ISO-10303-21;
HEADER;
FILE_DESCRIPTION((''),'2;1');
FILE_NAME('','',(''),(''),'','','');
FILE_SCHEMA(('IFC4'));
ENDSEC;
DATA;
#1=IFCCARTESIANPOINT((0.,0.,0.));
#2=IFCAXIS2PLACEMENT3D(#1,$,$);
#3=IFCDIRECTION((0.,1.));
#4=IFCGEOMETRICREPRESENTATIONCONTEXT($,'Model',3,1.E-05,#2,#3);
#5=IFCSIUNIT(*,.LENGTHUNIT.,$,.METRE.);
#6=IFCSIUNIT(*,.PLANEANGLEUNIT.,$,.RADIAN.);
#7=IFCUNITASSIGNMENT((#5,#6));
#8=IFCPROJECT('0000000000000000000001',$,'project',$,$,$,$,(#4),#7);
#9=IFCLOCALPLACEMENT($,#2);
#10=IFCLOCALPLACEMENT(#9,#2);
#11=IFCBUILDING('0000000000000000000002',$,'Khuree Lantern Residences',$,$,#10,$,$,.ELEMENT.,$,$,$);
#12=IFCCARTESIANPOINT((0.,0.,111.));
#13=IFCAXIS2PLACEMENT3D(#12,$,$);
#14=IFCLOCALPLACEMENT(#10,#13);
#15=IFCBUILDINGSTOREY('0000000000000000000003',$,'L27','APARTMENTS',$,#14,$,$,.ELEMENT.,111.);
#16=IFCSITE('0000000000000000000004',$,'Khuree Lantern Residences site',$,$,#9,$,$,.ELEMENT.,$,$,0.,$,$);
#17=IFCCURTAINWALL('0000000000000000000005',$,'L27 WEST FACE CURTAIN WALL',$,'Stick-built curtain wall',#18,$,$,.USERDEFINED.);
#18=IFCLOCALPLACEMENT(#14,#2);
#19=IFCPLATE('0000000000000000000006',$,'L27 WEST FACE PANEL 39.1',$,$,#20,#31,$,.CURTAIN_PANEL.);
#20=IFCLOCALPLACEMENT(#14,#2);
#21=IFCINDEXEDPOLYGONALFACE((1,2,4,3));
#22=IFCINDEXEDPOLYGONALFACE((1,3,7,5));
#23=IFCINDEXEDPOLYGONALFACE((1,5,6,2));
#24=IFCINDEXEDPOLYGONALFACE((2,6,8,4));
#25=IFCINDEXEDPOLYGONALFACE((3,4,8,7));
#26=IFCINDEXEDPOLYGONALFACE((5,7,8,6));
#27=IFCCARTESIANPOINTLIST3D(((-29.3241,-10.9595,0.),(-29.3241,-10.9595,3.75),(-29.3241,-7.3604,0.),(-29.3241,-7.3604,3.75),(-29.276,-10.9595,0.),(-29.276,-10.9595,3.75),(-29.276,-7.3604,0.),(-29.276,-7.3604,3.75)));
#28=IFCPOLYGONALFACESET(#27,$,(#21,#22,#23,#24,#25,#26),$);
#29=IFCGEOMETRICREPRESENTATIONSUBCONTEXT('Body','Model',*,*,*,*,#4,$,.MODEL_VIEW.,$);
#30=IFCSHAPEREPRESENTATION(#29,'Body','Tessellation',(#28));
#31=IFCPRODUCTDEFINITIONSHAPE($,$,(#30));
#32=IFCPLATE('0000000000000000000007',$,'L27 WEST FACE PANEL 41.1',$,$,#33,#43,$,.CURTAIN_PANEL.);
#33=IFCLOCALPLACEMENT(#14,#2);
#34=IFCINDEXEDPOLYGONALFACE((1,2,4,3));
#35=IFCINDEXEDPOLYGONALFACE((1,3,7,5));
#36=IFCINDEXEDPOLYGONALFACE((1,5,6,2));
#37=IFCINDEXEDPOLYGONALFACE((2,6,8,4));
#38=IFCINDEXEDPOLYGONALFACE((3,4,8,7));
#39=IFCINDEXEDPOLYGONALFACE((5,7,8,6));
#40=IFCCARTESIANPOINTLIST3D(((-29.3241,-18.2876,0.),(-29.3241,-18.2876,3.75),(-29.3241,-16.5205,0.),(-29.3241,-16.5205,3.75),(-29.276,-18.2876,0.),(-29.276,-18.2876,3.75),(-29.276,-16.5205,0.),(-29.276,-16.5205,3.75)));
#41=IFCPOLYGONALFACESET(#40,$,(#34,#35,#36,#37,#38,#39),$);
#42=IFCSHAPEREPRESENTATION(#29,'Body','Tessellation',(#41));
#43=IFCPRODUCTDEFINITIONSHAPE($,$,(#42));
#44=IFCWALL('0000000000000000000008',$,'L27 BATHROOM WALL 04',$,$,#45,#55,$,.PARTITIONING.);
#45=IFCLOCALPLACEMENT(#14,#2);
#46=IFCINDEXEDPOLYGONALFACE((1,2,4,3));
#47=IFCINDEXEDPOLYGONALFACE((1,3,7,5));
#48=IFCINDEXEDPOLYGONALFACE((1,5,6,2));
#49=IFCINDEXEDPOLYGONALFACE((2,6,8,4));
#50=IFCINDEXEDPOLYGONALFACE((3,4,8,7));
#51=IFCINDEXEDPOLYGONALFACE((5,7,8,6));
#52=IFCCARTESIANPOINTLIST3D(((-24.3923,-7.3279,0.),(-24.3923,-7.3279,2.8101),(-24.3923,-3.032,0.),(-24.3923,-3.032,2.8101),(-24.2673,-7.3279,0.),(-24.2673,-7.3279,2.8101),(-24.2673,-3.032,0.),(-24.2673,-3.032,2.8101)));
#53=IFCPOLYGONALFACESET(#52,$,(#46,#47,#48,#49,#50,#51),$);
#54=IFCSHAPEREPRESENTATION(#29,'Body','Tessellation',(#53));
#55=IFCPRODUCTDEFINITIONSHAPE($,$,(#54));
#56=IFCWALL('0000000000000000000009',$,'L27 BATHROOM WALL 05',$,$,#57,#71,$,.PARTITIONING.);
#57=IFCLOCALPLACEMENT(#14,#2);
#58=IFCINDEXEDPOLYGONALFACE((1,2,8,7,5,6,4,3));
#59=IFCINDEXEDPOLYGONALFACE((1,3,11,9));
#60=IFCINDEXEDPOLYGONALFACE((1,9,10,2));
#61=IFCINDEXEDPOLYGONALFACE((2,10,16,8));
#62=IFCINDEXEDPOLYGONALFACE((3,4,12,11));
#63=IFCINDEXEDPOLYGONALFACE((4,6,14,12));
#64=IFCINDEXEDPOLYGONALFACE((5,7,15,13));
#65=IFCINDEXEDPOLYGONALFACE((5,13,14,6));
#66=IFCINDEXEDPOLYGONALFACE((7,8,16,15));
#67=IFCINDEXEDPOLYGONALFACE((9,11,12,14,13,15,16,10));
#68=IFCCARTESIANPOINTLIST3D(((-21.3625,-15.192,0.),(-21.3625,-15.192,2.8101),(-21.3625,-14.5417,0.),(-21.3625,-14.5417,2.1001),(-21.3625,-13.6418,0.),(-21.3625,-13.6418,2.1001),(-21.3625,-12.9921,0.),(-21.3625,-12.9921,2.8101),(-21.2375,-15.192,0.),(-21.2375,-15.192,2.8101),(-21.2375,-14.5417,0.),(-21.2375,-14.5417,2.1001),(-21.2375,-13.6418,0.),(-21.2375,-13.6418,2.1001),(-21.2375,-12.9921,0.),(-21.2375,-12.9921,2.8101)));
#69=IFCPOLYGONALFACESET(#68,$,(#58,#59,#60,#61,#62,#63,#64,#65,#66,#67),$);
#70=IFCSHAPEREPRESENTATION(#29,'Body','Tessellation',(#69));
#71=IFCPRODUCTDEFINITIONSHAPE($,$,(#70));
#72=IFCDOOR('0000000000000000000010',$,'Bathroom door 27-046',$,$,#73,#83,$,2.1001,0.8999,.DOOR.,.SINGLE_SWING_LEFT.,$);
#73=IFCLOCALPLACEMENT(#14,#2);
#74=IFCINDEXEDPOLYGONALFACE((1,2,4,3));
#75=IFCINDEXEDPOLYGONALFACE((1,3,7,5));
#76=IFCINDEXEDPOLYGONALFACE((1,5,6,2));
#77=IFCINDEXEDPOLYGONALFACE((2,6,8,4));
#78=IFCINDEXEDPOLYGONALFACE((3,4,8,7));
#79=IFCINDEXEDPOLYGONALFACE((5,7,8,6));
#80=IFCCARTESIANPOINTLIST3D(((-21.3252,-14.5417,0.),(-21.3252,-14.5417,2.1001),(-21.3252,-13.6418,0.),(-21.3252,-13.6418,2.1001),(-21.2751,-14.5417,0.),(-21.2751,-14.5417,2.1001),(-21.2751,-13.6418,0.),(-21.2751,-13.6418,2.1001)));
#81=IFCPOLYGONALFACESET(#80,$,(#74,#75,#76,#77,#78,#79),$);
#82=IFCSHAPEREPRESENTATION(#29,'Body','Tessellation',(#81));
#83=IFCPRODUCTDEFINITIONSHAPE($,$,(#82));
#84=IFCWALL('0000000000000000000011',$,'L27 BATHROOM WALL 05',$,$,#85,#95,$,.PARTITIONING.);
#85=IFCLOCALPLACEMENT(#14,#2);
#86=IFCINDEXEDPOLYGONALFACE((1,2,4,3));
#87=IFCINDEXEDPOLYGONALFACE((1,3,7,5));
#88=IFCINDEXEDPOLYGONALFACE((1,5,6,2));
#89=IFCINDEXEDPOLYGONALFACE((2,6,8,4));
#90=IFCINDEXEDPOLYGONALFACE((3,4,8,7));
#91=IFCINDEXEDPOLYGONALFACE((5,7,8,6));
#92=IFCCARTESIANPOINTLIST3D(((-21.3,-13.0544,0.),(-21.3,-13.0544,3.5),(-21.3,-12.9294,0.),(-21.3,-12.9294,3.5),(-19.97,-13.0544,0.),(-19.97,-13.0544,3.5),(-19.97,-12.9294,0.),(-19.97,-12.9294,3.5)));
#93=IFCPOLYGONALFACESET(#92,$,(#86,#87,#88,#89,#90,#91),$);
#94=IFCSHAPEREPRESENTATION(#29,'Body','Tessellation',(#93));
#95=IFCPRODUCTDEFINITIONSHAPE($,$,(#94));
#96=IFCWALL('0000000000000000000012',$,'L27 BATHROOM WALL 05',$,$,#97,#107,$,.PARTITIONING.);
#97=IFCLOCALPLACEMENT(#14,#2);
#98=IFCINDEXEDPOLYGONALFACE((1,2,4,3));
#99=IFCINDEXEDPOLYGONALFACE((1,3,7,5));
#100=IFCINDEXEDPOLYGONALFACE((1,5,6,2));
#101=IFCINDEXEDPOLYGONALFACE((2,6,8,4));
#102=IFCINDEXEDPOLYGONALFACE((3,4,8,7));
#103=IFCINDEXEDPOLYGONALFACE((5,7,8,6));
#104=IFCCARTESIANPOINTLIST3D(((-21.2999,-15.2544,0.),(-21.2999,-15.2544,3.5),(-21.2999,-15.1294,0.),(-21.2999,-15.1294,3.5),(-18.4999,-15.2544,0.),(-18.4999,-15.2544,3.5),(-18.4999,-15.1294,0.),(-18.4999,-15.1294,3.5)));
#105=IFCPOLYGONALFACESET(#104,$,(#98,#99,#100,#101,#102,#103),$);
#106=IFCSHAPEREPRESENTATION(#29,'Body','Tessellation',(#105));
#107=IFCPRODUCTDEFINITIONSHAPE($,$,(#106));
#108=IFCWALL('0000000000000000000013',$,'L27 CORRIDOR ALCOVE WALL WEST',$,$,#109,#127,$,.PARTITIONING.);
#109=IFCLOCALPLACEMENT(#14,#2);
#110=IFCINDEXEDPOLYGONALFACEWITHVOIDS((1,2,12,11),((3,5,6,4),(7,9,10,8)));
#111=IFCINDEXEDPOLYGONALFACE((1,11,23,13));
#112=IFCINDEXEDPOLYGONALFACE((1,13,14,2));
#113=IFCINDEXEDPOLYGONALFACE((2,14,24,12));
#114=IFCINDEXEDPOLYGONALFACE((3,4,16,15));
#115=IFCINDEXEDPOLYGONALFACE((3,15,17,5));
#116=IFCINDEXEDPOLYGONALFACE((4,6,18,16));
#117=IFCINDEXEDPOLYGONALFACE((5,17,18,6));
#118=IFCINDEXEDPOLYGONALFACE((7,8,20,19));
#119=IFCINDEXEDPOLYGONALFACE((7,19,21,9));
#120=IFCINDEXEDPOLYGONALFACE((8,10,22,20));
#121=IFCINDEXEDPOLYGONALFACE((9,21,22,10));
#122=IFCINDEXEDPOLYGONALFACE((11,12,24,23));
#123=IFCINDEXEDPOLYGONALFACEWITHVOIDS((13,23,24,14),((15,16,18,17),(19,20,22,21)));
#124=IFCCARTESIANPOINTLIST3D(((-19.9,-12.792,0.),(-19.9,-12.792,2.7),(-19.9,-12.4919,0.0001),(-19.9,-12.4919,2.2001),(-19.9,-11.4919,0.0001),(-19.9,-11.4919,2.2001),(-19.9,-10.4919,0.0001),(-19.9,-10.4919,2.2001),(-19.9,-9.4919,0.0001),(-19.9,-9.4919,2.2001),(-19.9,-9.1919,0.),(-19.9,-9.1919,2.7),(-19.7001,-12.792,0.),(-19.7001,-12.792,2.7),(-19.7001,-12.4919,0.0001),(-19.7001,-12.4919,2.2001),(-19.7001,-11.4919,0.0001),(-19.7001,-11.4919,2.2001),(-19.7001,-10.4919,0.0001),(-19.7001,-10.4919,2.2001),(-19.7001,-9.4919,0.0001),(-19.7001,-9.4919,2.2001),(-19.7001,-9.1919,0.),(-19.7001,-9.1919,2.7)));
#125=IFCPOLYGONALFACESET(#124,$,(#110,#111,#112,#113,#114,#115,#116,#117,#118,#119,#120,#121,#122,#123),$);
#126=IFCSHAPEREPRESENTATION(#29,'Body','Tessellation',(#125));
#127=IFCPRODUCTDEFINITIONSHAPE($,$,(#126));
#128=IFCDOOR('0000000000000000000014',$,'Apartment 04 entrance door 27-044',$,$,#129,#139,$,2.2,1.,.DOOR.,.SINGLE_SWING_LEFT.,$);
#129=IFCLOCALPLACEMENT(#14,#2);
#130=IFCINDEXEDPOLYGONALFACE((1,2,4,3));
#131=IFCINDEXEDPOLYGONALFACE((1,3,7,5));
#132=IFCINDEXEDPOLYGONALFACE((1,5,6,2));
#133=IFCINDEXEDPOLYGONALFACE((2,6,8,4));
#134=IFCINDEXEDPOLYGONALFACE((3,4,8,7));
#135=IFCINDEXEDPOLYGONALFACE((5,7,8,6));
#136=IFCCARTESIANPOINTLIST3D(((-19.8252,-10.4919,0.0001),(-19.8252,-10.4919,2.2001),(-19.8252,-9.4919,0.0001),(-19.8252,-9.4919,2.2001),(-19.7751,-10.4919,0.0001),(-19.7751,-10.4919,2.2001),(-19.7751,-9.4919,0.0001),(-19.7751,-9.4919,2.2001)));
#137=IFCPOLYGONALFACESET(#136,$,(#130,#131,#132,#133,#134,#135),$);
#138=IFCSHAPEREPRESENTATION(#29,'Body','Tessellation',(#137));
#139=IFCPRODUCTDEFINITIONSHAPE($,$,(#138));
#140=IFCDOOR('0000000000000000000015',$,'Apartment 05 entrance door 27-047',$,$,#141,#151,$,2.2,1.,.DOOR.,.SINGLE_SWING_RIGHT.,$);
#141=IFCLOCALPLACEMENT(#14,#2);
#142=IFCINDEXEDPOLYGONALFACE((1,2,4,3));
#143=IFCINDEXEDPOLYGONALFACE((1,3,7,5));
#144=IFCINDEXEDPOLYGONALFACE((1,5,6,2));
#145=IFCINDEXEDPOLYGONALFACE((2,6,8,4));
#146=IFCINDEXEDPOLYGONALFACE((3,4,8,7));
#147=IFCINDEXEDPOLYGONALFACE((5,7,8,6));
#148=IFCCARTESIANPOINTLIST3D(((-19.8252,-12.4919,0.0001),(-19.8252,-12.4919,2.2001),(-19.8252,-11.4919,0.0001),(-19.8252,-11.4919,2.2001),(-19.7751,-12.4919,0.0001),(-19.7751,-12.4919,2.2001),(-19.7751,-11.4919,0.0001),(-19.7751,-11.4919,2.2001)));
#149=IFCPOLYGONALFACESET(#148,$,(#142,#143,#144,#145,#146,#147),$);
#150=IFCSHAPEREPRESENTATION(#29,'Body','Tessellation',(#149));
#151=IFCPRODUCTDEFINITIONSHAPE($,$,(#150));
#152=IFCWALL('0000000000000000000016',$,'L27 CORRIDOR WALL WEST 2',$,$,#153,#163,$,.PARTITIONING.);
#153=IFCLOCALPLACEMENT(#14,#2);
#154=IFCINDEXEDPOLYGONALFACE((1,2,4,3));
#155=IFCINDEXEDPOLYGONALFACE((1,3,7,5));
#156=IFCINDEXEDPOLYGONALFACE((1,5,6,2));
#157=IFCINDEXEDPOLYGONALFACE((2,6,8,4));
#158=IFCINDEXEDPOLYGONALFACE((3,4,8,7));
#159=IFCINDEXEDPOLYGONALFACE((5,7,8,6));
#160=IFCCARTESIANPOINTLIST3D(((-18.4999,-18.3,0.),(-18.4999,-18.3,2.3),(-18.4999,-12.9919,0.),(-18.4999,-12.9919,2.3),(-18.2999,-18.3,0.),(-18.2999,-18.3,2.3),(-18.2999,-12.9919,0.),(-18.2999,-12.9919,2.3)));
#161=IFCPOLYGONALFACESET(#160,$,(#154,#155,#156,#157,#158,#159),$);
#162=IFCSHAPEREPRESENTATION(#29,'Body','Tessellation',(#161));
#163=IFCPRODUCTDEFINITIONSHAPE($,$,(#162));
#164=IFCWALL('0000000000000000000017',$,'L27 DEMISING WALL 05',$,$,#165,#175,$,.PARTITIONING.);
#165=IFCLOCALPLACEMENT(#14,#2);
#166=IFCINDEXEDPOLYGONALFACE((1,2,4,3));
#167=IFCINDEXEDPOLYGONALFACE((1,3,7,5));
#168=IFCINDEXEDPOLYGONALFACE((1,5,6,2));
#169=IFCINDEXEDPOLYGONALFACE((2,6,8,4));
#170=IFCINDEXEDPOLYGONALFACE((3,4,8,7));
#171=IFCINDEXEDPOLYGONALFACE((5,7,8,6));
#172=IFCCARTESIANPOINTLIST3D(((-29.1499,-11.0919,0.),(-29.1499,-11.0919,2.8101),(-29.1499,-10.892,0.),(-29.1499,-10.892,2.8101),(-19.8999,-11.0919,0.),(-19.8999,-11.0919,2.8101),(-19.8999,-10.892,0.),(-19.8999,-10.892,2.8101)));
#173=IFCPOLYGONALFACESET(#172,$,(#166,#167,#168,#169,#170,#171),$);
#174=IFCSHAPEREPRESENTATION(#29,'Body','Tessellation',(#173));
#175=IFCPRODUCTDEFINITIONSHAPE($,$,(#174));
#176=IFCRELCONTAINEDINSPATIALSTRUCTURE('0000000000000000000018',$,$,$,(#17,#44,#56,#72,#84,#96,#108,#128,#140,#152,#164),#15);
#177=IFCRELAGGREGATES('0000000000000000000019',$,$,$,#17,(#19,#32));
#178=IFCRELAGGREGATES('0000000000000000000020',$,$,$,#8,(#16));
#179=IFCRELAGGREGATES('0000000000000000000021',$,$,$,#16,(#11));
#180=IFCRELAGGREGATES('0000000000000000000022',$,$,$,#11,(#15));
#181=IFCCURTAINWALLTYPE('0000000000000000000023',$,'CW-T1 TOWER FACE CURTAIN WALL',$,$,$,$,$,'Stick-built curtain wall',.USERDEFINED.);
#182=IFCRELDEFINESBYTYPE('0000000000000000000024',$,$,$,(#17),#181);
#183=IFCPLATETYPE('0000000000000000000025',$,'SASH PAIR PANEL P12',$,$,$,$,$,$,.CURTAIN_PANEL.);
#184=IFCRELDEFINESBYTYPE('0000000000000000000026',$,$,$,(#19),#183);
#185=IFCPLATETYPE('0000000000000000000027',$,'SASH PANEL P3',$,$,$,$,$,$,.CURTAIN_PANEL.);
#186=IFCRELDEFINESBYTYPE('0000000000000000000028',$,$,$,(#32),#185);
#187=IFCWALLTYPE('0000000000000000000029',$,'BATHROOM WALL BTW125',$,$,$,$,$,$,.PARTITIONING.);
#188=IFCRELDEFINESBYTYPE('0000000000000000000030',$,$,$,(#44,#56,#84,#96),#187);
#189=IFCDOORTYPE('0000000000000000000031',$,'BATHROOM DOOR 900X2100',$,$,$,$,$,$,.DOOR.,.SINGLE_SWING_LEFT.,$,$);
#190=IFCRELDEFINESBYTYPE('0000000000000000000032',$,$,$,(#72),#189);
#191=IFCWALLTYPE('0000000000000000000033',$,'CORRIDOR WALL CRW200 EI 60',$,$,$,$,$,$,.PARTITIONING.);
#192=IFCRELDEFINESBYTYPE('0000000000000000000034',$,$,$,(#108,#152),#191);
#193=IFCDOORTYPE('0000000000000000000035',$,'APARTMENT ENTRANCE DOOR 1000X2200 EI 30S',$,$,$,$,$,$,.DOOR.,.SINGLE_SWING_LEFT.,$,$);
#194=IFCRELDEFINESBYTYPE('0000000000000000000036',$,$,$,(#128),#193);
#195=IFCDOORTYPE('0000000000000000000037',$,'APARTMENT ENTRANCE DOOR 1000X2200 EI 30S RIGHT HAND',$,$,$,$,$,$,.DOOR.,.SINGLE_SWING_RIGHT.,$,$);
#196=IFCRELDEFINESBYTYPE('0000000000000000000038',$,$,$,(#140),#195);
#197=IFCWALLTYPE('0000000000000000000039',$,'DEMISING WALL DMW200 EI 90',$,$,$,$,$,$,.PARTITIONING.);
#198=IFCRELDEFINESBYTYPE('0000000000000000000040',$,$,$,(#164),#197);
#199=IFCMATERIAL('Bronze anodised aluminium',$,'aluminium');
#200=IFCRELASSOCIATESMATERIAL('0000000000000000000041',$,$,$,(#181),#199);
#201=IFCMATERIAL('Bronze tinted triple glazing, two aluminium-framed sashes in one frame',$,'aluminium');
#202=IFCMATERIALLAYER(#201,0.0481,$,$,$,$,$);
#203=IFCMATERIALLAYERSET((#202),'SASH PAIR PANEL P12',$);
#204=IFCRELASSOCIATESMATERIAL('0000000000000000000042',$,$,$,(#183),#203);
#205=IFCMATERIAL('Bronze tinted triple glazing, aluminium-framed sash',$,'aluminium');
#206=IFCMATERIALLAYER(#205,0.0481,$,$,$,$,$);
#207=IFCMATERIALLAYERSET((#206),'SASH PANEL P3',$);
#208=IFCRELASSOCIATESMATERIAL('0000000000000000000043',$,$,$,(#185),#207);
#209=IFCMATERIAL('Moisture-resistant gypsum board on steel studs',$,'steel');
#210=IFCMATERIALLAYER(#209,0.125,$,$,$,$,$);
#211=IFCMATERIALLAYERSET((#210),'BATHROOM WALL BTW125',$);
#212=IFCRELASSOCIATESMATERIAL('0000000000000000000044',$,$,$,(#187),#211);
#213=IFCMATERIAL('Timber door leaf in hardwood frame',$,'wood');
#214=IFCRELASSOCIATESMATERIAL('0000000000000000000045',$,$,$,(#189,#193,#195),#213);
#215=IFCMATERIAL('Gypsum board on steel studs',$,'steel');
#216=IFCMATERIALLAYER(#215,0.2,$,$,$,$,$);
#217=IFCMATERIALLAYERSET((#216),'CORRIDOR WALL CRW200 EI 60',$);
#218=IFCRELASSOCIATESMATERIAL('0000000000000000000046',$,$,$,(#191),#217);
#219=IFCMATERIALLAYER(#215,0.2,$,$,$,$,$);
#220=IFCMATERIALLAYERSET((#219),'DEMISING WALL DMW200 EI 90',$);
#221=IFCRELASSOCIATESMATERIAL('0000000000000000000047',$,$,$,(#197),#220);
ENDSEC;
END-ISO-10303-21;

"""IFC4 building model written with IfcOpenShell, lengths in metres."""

from ifc_helpers import new_model, si_unit, direction, frame, frame_2d, origin, origin_2d, place, context, subcontext, project, spatial, rectangle, extrude, material, layer, layer_set, type_object, element, fill, aggregate, save


model = new_model("IFC4")

# Units and contexts
model_context = context("Model", 3, precision=1e-05, world=origin(), true_north=direction((0.0, 1.0)))
body_context = subcontext(model_context, "Body", "Model", "MODEL_VIEW")
ifc_project = project(units=[si_unit("LENGTHUNIT", "METRE"), si_unit("PLANEANGLEUNIT", "RADIAN")], contexts=[model_context])

# Site, building, storey
site_placement = place(None, origin())
site = spatial("IfcSite", under=ifc_project, at=site_placement, Name="Khuree Lantern Residences site", CompositionType="ELEMENT", RefElevation=0.0)
building_placement = place(site_placement, origin())
building = spatial("IfcBuilding", under=site, at=building_placement, Name="Khuree Lantern Residences", CompositionType="ELEMENT")
storey_placement = place(building_placement, frame((0.0, 0.0, 111.0)))
storey = spatial("IfcBuildingStorey", under=building, at=storey_placement, Name="L27", Description="APARTMENTS", CompositionType="ELEMENT", Elevation=111.0)

# Curtain wall
ifc_material_1 = material(Name="Bronze anodised aluminium", Category="aluminium")
curtain_wall_type = type_object("IfcCurtainWallType", Name="CW-T1 TOWER FACE CURTAIN WALL", ElementType="Stick-built curtain wall", PredefinedType="USERDEFINED", material=ifc_material_1)
curtain_wall_placement = place(storey_placement, origin())
curtain_wall = element("IfcCurtainWall", 1, at=curtain_wall_placement, inside=storey, type_object=curtain_wall_type, Name="L27 WEST FACE CURTAIN WALL", ObjectType="Stick-built curtain wall", PredefinedType="USERDEFINED")

# Plates
ifc_material_2 = material(Name="Bronze tinted triple glazing, two aluminium-framed sashes in one frame", Category="aluminium")
ifc_layer_1 = layer(ifc_material_2, 0.0481)
ifc_layer_set_1 = layer_set([ifc_layer_1], Name="SASH PAIR PANEL P12")
plate_type_1 = type_object("IfcPlateType", Name="SASH PAIR PANEL P12", PredefinedType="CURTAIN_PANEL", material=ifc_layer_set_1)
plate_1_placement = place(storey_placement, frame((-29.3, -9.1599, 0.0), z_axis=(0.0, 0.0, 1.0), x_axis=(0.0, -1.0, 0.0)))
plate_1 = element("IfcPlate", 2, at=plate_1_placement, type_object=plate_type_1, Name="L27 WEST FACE PANEL 39.1", PredefinedType="CURTAIN_PANEL", context=body_context, shape_type="SweptSolid", body=[
    extrude(rectangle(XDim=3.5991, YDim=0.0481, at=origin_2d()), origin(), (0.0, 0.0, 1.0), 3.75),
])
ifc_material_3 = material(Name="Bronze tinted triple glazing, aluminium-framed sash", Category="aluminium")
ifc_layer_2 = layer(ifc_material_3, 0.0481)
ifc_layer_set_2 = layer_set([ifc_layer_2], Name="SASH PANEL P3")
plate_type_2 = type_object("IfcPlateType", Name="SASH PANEL P3", PredefinedType="CURTAIN_PANEL", material=ifc_layer_set_2)
plate_2_placement = place(storey_placement, frame((-29.3, -17.4041, 0.0), z_axis=(0.0, 0.0, 1.0), x_axis=(0.0, -1.0, 0.0)))
plate_2 = element("IfcPlate", 3, at=plate_2_placement, type_object=plate_type_2, Name="L27 WEST FACE PANEL 41.1", PredefinedType="CURTAIN_PANEL", context=body_context, shape_type="SweptSolid", body=[
    extrude(rectangle(XDim=1.7671, YDim=0.0481, at=origin_2d()), origin(), (0.0, 0.0, 1.0), 3.75),
])
aggregate(curtain_wall, [plate_1, plate_2])

# Wall
ifc_material_4 = material(Name="Moisture-resistant gypsum board on steel studs", Category="steel")
ifc_layer_3 = layer(ifc_material_4, 0.125)
ifc_layer_set_3 = layer_set([ifc_layer_3], Name="BATHROOM WALL BTW125")
wall_type_1 = type_object("IfcWallType", Name="BATHROOM WALL BTW125", PredefinedType="PARTITIONING", material=ifc_layer_set_3)
wall_1_placement = place(storey_placement, frame((-24.3298, -3.032, 0.0), z_axis=(0.0, 0.0, 1.0), x_axis=(0.0, -1.0, 0.0)))
element("IfcWall", 4, at=wall_1_placement, inside=storey, type_object=wall_type_1, Name="L27 BATHROOM WALL 04", PredefinedType="PARTITIONING", context=body_context, shape_type="SweptSolid", body=[
    extrude(rectangle(XDim=4.2959, YDim=0.125, at=frame_2d((2.1479, 0.0))), origin(), (0.0, 0.0, 1.0), 2.8101),
])

# Wall, opening, door
wall_2_placement = place(storey_placement, frame((-21.3, -12.9919, 0.0), z_axis=(0.0, 0.0, 1.0), x_axis=(0.0, -1.0, 0.0)))
wall_2 = element("IfcWall", 5, at=wall_2_placement, inside=storey, type_object=wall_type_1, Name="L27 BATHROOM WALL 05", PredefinedType="PARTITIONING", context=body_context, shape_type="SweptSolid", body=[
    extrude(rectangle(XDim=2.2, YDim=0.125, at=frame_2d((1.1001, 0.0))), origin(), (0.0, 0.0, 1.0), 2.8101),
])
opening_1_placement = place(wall_2_placement, frame((0.6499, 0.0, 0.0)))
opening_1 = element("IfcOpeningElement", 6, at=opening_1_placement, cuts=wall_2, PredefinedType="OPENING", context=body_context, shape_type="SweptSolid", body=[
    extrude(rectangle(XDim=0.8999, YDim=2.1001, at=frame_2d((0.45, 1.05))), frame((0.0, 0.0725, 0.0), z_axis=(0.0, -1.0, 0.0), x_axis=(1.0, 0.0, 0.0)), (0.0, 0.0, 1.0), 0.145),
])
ifc_material_5 = material(Name="Timber door leaf in hardwood frame", Category="wood")
door_type_1 = type_object("IfcDoorType", Name="BATHROOM DOOR 900X2100", OperationType="SINGLE_SWING_LEFT", PredefinedType="DOOR", material=ifc_material_5)
door_1_placement = place(opening_1_placement, origin())
door_1 = element("IfcDoor", 7, at=door_1_placement, inside=storey, type_object=door_type_1, Name="Bathroom door 27-046", OperationType="SINGLE_SWING_LEFT", OverallHeight=2.1001, OverallWidth=0.8999, PredefinedType="DOOR", context=body_context, shape_type="SweptSolid", body=[
    extrude(rectangle(XDim=0.8999, YDim=2.1001, at=frame_2d((0.45, 1.05))), frame((0.0, 0.0249, 0.0), z_axis=(0.0, -1.0, 0.0), x_axis=(1.0, 0.0, 0.0)), (0.0, 0.0, 1.0), 0.05),
])
fill(opening_1, door_1)

# Walls
wall_3_placement = place(storey_placement, frame((-19.97, -12.9919, 0.0), z_axis=(0.0, 0.0, 1.0), x_axis=(-1.0, 0.0, 0.0)))
element("IfcWall", 8, at=wall_3_placement, inside=storey, type_object=wall_type_1, Name="L27 BATHROOM WALL 05", PredefinedType="PARTITIONING", context=body_context, shape_type="SweptSolid", body=[
    extrude(rectangle(XDim=1.3301, YDim=0.125, at=frame_2d((0.665, 0.0))), origin(), (0.0, 0.0, 1.0), 3.5),
])
wall_4_placement = place(storey_placement, frame((-18.5, -15.1919, 0.0), z_axis=(0.0, 0.0, 1.0), x_axis=(-1.0, 0.0, 0.0)))
element("IfcWall", 9, at=wall_4_placement, inside=storey, type_object=wall_type_1, Name="L27 BATHROOM WALL 05", PredefinedType="PARTITIONING", context=body_context, shape_type="SweptSolid", body=[
    extrude(rectangle(XDim=2.8, YDim=0.125, at=frame_2d((1.3999, 0.0))), origin(), (0.0, 0.0, 1.0), 3.5),
])

# Wall, openings, doors
ifc_material_6 = material(Name="Gypsum board on steel studs", Category="steel")
ifc_layer_4 = layer(ifc_material_6, 0.2)
ifc_layer_set_4 = layer_set([ifc_layer_4], Name="CORRIDOR WALL CRW200 EI 60")
wall_type_2 = type_object("IfcWallType", Name="CORRIDOR WALL CRW200 EI 60", PredefinedType="PARTITIONING", material=ifc_layer_set_4)
wall_5_placement = place(storey_placement, frame((-19.8, -9.1919, 0.0), z_axis=(0.0, 0.0, 1.0), x_axis=(0.0, -1.0, 0.0)))
wall_5 = element("IfcWall", 10, at=wall_5_placement, inside=storey, type_object=wall_type_2, Name="L27 CORRIDOR ALCOVE WALL WEST", PredefinedType="PARTITIONING", context=body_context, shape_type="SweptSolid", body=[
    extrude(rectangle(XDim=3.6001, YDim=0.2, at=frame_2d((1.8, 0.0))), origin(), (0.0, 0.0, 1.0), 2.7),
])
opening_2_placement = place(wall_5_placement, frame((0.3, 0.0, 0.0)))
opening_2 = element("IfcOpeningElement", 11, at=opening_2_placement, cuts=wall_5, PredefinedType="OPENING", context=body_context, shape_type="SweptSolid", body=[
    extrude(rectangle(XDim=1.0, YDim=2.2, at=frame_2d((0.5, 1.1001))), frame((0.0, 0.1099, 0.0), z_axis=(0.0, -1.0, 0.0), x_axis=(1.0, 0.0, 0.0)), (0.0, 0.0, 1.0), 0.22),
])
opening_3_placement = place(wall_5_placement, frame((2.3, 0.0, 0.0)))
opening_3 = element("IfcOpeningElement", 12, at=opening_3_placement, cuts=wall_5, PredefinedType="OPENING", context=body_context, shape_type="SweptSolid", body=[
    extrude(rectangle(XDim=1.0, YDim=2.2, at=frame_2d((0.5, 1.1001))), frame((0.0, 0.1099, 0.0), z_axis=(0.0, -1.0, 0.0), x_axis=(1.0, 0.0, 0.0)), (0.0, 0.0, 1.0), 0.22),
])
door_type_2 = type_object("IfcDoorType", Name="APARTMENT ENTRANCE DOOR 1000X2200 EI 30S", OperationType="SINGLE_SWING_LEFT", PredefinedType="DOOR", material=ifc_material_5)
door_2_placement = place(opening_2_placement, origin())
door_2 = element("IfcDoor", 13, at=door_2_placement, inside=storey, type_object=door_type_2, Name="Apartment 04 entrance door 27-044", OperationType="SINGLE_SWING_LEFT", OverallHeight=2.2, OverallWidth=1.0, PredefinedType="DOOR", context=body_context, shape_type="SweptSolid", body=[
    extrude(rectangle(XDim=1.0, YDim=2.2, at=frame_2d((0.5, 1.1001))), frame((0.0, 0.0249, 0.0), z_axis=(0.0, -1.0, 0.0), x_axis=(1.0, 0.0, 0.0)), (0.0, 0.0, 1.0), 0.05),
])
fill(opening_2, door_2)
door_type_3 = type_object("IfcDoorType", Name="APARTMENT ENTRANCE DOOR 1000X2200 EI 30S RIGHT HAND", OperationType="SINGLE_SWING_RIGHT", PredefinedType="DOOR", material=ifc_material_5)
door_3_placement = place(opening_3_placement, origin())
door_3 = element("IfcDoor", 14, at=door_3_placement, inside=storey, type_object=door_type_3, Name="Apartment 05 entrance door 27-047", OperationType="SINGLE_SWING_RIGHT", OverallHeight=2.2, OverallWidth=1.0, PredefinedType="DOOR", context=body_context, shape_type="SweptSolid", body=[
    extrude(rectangle(XDim=1.0, YDim=2.2, at=frame_2d((0.5, 1.1001))), frame((0.0, 0.0249, 0.0), z_axis=(0.0, -1.0, 0.0), x_axis=(1.0, 0.0, 0.0)), (0.0, 0.0, 1.0), 0.05),
])
fill(opening_3, door_3)

# Walls
wall_6_placement = place(storey_placement, frame((-18.3999, -12.9919, 0.0), z_axis=(0.0, 0.0, 1.0), x_axis=(0.0, -1.0, 0.0)))
element("IfcWall", 15, at=wall_6_placement, inside=storey, type_object=wall_type_2, Name="L27 CORRIDOR WALL WEST 2", PredefinedType="PARTITIONING", context=body_context, shape_type="SweptSolid", body=[
    extrude(rectangle(XDim=5.3081, YDim=0.2, at=frame_2d((2.6541, 0.0))), origin(), (0.0, 0.0, 1.0), 2.3),
])
ifc_layer_5 = layer(ifc_material_6, 0.2)
ifc_layer_set_5 = layer_set([ifc_layer_5], Name="DEMISING WALL DMW200 EI 90")
wall_type_3 = type_object("IfcWallType", Name="DEMISING WALL DMW200 EI 90", PredefinedType="PARTITIONING", material=ifc_layer_set_5)
wall_7_placement = place(storey_placement, frame((-19.8999, -10.9919, 0.0), z_axis=(0.0, 0.0, 1.0), x_axis=(-1.0, 0.0, 0.0)))
element("IfcWall", 16, at=wall_7_placement, inside=storey, type_object=wall_type_3, Name="L27 DEMISING WALL 05", PredefinedType="PARTITIONING", context=body_context, shape_type="SweptSolid", body=[
    extrude(rectangle(XDim=9.25, YDim=0.2, at=frame_2d((4.625, 0.0))), origin(), (0.0, 0.0, 1.0), 2.8101),
])

save(model, "model.ifc")
